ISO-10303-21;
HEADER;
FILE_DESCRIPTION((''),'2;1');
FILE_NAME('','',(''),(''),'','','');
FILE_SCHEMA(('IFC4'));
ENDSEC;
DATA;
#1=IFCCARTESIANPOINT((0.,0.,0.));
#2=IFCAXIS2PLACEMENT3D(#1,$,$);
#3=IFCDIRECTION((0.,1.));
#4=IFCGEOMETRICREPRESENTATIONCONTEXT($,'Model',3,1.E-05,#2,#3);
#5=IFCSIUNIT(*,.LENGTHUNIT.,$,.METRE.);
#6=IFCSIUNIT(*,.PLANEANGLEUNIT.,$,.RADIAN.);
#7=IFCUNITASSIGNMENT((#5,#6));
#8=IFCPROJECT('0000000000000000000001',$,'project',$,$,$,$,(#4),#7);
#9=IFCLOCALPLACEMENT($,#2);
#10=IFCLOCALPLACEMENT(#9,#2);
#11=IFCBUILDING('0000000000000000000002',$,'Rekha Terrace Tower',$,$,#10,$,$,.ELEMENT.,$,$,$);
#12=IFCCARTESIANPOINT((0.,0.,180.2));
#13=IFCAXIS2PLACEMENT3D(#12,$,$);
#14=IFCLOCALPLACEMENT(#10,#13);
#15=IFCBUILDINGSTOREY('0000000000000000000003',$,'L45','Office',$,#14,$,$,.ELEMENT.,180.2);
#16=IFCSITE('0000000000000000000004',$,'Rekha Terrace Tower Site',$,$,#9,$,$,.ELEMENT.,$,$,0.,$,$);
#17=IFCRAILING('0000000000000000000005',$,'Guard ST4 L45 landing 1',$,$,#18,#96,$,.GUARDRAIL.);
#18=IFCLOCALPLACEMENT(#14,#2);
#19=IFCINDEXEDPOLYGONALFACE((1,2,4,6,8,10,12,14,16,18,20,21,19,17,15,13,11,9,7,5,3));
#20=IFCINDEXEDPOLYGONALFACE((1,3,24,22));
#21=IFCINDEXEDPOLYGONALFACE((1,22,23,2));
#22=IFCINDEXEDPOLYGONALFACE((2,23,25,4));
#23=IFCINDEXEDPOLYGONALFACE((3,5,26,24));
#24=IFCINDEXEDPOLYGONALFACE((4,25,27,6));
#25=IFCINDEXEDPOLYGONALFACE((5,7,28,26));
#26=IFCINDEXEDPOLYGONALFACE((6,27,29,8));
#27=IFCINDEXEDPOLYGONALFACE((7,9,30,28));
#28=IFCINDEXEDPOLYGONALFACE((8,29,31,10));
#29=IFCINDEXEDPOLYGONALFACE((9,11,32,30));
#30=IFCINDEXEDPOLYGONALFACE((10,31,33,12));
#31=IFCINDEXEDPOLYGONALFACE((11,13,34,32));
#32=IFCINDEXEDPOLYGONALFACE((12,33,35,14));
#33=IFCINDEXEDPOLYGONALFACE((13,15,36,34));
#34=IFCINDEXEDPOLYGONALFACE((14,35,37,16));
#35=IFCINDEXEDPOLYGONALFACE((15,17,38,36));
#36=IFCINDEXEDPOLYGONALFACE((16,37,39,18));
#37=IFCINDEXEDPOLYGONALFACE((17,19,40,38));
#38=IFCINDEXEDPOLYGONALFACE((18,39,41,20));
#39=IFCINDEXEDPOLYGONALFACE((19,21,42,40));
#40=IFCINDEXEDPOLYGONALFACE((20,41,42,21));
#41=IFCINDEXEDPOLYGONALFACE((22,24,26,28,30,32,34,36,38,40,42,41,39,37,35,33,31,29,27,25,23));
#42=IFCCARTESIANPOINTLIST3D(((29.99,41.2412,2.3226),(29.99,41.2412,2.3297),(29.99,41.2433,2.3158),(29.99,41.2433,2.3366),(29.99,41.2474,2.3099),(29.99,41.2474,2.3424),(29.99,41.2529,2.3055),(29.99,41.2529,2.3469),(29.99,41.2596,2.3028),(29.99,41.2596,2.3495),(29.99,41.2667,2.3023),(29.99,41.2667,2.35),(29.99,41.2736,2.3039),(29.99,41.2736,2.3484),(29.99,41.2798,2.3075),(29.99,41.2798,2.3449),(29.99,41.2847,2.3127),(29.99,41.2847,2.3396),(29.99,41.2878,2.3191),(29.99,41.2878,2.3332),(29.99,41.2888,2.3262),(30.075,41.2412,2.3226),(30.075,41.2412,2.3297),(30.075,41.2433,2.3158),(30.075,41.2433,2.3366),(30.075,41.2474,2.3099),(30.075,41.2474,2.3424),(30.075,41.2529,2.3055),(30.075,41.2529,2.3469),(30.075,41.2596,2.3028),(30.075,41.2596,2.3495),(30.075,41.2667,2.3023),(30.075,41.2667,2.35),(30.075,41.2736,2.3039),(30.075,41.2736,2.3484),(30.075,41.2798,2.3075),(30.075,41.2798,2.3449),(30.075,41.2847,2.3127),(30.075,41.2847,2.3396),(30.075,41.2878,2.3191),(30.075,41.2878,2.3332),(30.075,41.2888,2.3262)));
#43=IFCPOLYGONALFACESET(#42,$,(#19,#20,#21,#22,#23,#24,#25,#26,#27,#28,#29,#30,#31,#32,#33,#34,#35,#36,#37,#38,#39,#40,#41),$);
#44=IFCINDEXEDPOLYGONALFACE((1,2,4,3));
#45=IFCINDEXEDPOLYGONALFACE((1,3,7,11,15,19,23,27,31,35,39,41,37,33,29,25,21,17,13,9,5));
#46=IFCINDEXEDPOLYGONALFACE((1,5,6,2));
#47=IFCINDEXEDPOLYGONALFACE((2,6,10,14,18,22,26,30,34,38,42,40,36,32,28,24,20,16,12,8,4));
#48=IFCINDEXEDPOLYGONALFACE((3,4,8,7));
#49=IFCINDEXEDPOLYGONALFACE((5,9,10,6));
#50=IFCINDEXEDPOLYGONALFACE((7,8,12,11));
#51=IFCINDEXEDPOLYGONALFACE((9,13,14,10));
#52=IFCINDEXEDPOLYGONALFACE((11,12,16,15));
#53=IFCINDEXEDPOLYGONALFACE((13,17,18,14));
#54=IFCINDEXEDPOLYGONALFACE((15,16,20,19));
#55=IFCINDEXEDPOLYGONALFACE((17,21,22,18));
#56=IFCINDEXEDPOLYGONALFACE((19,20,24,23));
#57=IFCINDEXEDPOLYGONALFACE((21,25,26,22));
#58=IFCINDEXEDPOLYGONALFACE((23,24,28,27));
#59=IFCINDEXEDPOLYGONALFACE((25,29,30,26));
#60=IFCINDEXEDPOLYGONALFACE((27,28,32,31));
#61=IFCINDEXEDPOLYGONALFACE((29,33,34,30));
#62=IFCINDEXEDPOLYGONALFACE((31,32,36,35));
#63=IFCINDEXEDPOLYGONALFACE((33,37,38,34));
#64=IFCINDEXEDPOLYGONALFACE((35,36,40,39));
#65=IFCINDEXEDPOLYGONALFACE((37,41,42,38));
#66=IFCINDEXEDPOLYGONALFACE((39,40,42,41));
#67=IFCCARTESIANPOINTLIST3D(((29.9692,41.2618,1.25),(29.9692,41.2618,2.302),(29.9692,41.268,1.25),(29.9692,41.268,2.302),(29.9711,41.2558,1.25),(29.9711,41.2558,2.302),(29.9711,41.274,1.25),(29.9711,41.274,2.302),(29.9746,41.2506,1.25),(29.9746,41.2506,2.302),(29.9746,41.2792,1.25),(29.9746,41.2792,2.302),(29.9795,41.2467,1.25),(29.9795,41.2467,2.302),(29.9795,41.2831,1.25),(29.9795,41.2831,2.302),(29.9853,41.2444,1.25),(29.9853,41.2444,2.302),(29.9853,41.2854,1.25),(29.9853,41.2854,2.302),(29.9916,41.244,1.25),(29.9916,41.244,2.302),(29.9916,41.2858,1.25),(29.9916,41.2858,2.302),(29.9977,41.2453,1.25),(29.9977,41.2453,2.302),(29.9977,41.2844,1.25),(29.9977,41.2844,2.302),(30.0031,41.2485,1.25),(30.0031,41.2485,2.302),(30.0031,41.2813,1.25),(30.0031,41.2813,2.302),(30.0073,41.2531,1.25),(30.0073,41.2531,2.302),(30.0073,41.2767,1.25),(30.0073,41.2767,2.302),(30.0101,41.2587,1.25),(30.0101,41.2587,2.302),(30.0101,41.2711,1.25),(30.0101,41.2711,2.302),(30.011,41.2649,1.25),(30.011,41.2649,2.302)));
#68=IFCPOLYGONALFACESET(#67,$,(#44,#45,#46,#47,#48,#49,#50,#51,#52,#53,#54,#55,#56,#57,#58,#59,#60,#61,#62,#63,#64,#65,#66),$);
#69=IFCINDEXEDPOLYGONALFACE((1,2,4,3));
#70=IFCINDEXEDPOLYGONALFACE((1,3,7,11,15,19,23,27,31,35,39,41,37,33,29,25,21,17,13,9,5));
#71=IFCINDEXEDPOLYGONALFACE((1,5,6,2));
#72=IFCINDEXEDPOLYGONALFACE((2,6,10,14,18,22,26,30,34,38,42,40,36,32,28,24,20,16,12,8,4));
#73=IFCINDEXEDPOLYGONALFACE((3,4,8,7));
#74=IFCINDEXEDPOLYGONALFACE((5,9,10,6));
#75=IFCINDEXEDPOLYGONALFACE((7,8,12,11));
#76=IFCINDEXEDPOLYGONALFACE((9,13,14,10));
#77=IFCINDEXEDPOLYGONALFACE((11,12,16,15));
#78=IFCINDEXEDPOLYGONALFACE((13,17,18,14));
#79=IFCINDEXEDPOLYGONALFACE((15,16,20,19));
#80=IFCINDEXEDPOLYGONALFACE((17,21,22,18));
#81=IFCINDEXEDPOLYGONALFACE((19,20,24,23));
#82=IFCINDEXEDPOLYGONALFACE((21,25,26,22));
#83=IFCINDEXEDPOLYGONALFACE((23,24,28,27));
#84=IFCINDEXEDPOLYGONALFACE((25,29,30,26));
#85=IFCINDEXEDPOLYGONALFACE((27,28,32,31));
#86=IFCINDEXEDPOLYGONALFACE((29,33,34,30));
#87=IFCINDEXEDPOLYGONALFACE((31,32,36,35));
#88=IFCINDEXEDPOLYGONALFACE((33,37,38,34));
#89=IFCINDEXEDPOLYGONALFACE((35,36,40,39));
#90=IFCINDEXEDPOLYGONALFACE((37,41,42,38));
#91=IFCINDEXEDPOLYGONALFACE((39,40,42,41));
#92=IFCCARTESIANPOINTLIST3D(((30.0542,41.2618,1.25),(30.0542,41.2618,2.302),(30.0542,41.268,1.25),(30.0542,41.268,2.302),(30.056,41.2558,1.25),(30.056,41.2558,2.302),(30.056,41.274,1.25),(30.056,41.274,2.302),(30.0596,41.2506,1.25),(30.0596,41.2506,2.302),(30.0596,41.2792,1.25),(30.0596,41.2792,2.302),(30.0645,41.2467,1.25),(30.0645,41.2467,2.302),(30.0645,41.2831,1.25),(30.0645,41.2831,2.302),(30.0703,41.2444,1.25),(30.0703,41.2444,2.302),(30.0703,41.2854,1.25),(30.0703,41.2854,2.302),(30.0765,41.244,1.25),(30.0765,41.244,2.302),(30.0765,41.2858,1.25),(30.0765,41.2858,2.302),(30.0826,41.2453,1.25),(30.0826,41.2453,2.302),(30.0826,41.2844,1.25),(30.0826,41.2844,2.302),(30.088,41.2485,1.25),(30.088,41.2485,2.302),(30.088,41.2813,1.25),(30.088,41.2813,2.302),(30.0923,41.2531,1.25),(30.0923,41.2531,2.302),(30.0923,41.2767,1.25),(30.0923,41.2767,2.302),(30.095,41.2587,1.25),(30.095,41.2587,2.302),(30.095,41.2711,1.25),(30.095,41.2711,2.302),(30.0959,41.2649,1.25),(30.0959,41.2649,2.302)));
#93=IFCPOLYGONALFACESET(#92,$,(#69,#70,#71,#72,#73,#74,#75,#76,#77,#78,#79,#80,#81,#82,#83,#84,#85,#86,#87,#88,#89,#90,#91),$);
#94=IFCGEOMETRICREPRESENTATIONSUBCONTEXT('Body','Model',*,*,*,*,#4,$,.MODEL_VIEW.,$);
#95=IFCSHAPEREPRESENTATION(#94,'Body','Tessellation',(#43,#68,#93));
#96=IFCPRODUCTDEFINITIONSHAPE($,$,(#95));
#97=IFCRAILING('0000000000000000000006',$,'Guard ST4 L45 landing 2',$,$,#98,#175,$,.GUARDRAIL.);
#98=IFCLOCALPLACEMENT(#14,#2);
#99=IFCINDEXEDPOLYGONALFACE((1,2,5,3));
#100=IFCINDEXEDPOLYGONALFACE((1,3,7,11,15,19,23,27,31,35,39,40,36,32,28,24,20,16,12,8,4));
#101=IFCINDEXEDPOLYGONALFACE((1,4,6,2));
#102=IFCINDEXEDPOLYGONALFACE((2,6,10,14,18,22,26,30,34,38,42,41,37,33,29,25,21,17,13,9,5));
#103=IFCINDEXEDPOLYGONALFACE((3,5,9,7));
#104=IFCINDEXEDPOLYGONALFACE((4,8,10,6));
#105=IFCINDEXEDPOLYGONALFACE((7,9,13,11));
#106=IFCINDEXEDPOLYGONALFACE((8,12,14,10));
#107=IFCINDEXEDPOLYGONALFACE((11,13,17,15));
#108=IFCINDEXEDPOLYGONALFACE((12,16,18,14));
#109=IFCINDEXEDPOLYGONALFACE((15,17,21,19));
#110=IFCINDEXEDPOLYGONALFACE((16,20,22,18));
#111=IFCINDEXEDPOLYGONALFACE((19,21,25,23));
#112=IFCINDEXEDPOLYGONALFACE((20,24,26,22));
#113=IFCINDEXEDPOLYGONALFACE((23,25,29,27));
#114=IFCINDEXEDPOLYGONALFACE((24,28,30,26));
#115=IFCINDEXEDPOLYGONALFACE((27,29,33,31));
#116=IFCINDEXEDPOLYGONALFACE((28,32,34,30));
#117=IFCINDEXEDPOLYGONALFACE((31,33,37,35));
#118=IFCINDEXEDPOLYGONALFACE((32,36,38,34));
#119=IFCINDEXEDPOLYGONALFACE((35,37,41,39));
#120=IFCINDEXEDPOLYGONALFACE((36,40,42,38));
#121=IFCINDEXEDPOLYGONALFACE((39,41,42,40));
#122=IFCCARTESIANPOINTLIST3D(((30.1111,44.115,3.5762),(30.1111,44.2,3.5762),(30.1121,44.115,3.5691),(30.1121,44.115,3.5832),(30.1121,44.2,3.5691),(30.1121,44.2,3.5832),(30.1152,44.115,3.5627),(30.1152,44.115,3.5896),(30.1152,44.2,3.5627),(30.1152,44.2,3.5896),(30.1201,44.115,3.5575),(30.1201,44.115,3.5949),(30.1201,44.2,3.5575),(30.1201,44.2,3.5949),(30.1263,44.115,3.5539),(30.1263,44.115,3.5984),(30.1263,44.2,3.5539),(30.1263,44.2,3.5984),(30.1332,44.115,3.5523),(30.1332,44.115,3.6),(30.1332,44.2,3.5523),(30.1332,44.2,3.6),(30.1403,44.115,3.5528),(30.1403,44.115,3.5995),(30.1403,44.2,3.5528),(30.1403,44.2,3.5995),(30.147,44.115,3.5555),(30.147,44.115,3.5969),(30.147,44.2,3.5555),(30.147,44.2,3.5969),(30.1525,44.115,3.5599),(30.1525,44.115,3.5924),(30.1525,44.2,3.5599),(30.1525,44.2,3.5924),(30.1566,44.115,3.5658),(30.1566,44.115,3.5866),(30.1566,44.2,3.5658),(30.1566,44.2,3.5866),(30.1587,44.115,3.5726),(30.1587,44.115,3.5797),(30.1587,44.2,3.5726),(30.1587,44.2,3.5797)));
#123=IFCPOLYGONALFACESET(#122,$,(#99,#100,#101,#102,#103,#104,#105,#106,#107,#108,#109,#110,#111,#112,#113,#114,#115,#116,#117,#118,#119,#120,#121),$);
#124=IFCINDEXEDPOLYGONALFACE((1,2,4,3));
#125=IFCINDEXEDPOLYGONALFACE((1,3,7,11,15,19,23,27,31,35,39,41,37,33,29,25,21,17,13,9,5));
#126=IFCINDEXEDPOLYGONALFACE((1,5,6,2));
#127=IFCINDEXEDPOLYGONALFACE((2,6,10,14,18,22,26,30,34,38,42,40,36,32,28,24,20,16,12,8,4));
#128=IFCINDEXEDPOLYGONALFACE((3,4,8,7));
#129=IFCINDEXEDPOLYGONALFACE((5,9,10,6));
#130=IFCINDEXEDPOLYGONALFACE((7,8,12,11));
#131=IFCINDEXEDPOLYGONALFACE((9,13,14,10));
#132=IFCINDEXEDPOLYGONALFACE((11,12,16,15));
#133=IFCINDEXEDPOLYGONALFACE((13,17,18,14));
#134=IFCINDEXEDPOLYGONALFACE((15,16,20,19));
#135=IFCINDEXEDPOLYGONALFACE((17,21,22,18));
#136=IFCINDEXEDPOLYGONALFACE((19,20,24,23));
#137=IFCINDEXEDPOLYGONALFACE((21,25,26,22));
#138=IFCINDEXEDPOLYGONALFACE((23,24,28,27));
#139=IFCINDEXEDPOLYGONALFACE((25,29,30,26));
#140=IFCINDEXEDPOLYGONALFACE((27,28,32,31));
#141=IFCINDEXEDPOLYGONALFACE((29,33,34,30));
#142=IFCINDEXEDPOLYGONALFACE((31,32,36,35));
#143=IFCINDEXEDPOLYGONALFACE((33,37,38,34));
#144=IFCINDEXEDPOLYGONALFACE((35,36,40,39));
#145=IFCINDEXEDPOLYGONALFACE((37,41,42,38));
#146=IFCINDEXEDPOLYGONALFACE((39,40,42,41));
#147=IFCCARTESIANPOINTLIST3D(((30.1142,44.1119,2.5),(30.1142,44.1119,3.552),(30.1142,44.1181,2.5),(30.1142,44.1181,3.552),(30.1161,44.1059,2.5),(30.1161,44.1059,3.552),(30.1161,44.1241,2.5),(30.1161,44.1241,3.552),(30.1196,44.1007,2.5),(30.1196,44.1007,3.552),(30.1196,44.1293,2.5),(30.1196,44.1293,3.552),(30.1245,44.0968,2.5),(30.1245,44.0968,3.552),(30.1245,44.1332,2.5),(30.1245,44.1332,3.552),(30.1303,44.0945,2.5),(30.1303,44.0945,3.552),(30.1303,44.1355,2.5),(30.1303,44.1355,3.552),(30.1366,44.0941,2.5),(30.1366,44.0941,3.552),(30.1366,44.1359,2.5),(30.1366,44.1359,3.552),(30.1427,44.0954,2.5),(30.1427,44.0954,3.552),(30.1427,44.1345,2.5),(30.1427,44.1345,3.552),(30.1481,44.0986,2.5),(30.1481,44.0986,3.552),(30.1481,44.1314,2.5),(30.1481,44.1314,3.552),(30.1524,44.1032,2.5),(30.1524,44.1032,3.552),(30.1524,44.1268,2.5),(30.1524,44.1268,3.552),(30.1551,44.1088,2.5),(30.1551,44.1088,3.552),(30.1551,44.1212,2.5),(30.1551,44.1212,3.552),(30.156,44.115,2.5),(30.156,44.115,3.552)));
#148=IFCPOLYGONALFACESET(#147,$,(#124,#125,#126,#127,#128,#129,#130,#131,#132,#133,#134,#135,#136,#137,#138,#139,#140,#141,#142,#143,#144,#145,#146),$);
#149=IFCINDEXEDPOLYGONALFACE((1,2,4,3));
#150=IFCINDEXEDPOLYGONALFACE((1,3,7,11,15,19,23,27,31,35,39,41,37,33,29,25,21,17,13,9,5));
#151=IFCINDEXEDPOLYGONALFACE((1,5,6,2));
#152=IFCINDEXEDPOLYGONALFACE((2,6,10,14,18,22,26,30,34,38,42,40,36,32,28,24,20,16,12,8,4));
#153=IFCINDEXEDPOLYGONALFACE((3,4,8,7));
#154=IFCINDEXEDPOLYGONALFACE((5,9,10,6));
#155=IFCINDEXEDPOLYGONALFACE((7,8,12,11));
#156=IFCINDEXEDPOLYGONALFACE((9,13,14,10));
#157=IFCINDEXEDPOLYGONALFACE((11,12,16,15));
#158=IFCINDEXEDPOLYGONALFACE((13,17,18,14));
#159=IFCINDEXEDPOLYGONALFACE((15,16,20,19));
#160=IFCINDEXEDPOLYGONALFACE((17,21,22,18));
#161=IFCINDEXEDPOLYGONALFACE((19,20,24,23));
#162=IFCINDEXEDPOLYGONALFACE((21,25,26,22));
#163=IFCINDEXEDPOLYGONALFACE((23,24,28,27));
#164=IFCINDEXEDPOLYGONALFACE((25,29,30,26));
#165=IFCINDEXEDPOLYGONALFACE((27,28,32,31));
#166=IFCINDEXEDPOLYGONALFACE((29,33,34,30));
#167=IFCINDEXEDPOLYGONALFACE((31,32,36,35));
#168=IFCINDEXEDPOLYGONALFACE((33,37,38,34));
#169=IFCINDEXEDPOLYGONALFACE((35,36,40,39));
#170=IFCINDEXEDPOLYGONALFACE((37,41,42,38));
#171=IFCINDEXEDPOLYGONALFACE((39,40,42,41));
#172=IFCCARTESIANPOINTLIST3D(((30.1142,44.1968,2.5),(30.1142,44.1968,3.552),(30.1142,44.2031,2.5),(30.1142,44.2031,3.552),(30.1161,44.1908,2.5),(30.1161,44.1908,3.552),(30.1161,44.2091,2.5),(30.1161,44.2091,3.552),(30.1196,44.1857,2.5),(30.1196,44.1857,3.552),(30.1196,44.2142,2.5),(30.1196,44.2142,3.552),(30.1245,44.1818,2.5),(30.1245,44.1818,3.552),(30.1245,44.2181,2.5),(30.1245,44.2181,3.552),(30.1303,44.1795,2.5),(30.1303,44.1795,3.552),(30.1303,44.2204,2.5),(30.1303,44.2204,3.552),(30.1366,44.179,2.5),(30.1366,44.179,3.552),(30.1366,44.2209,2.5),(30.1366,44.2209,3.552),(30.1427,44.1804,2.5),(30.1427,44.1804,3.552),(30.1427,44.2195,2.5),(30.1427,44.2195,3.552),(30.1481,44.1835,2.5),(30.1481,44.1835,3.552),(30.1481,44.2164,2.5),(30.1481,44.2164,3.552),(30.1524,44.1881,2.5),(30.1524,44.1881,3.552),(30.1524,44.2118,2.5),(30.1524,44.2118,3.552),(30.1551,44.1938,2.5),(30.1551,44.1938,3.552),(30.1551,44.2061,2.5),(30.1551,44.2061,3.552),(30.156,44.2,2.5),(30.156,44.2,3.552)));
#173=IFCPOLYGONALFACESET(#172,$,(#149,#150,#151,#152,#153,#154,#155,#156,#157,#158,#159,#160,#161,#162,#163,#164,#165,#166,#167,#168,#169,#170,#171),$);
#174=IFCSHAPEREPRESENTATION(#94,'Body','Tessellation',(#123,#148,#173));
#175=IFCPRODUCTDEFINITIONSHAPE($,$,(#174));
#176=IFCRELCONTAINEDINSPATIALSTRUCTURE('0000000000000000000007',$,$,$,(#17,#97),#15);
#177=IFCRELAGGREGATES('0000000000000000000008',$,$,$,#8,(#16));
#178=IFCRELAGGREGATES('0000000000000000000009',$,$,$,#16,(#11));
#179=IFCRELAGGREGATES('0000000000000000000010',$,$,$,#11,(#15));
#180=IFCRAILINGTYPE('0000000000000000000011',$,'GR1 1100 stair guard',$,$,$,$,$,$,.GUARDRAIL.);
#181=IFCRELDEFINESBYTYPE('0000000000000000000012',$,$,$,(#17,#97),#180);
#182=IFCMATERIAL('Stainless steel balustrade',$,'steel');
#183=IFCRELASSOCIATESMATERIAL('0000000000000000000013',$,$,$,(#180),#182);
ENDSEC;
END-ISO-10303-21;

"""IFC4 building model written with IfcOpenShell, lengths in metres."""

from ifc_helpers import new_model, si_unit, direction, frame, origin, origin_2d, place, context, subcontext, project, spatial, circle, extrude, material, type_object, element, save


model = new_model("IFC4")

# Units and contexts
model_context = context("Model", 3, precision=1e-05, world=origin(), true_north=direction((0.0, 1.0)))
body_context = subcontext(model_context, "Body", "Model", "MODEL_VIEW")
ifc_project = project(units=[si_unit("LENGTHUNIT", "METRE"), si_unit("PLANEANGLEUNIT", "RADIAN")], contexts=[model_context])

# Site, building, storey
site_placement = place(None, origin())
site = spatial("IfcSite", under=ifc_project, at=site_placement, Name="Rekha Terrace Tower Site", CompositionType="ELEMENT", RefElevation=0.0)
building_placement = place(site_placement, origin())
building = spatial("IfcBuilding", under=site, at=building_placement, Name="Rekha Terrace Tower", CompositionType="ELEMENT")
storey_placement = place(building_placement, frame((0.0, 0.0, 180.2)))
storey = spatial("IfcBuildingStorey", under=building, at=storey_placement, Name="L45", Description="Office", CompositionType="ELEMENT", Elevation=180.2)

# Railings
ifc_material_1 = material(Name="Stainless steel balustrade", Category="steel")
railing_type_1 = type_object("IfcRailingType", Name="GR1 1100 stair guard", PredefinedType="GUARDRAIL", material=ifc_material_1)
railing_1_placement = place(storey_placement, frame((29.99, 41.2649, 1.25)))
element("IfcRailing", 1, at=railing_1_placement, inside=storey, type_object=railing_type_1, Name="Guard ST4 L45 landing 1", PredefinedType="GUARDRAIL", context=body_context, shape_type="SweptSolid", body=[
    extrude(circle(Radius=0.0239, at=origin_2d()), frame((0.0, 0.0, 1.0762), z_axis=(1.0, 0.0, 0.0), x_axis=(0.0, 1.0, 0.0)), (0.0, 0.0, 1.0), 0.085),
    extrude(circle(Radius=0.021, at=origin_2d()), origin(), (0.0, 0.0, 1.0), 1.052),
    extrude(circle(Radius=0.021, at=origin_2d()), frame((0.085, 0.0, 0.0)), (0.0, 0.0, 1.0), 1.052),
])
railing_2_placement = place(storey_placement, frame((30.135, 44.115, 2.5)))
element("IfcRailing", 2, at=railing_2_placement, inside=storey, type_object=railing_type_1, Name="Guard ST4 L45 landing 2", PredefinedType="GUARDRAIL", context=body_context, shape_type="SweptSolid", body=[
    extrude(circle(Radius=0.0239, at=origin_2d()), frame((0.0, 0.0, 1.0762), z_axis=(0.0, 1.0, 0.0), x_axis=(-1.0, 0.0, 0.0)), (0.0, 0.0, 1.0), 0.085),
    extrude(circle(Radius=0.021, at=origin_2d()), origin(), (0.0, 0.0, 1.0), 1.052),
    extrude(circle(Radius=0.021, at=origin_2d()), frame((0.0, 0.085, 0.0)), (0.0, 0.0, 1.0), 1.052),
])

save(model, "model.ifc")
